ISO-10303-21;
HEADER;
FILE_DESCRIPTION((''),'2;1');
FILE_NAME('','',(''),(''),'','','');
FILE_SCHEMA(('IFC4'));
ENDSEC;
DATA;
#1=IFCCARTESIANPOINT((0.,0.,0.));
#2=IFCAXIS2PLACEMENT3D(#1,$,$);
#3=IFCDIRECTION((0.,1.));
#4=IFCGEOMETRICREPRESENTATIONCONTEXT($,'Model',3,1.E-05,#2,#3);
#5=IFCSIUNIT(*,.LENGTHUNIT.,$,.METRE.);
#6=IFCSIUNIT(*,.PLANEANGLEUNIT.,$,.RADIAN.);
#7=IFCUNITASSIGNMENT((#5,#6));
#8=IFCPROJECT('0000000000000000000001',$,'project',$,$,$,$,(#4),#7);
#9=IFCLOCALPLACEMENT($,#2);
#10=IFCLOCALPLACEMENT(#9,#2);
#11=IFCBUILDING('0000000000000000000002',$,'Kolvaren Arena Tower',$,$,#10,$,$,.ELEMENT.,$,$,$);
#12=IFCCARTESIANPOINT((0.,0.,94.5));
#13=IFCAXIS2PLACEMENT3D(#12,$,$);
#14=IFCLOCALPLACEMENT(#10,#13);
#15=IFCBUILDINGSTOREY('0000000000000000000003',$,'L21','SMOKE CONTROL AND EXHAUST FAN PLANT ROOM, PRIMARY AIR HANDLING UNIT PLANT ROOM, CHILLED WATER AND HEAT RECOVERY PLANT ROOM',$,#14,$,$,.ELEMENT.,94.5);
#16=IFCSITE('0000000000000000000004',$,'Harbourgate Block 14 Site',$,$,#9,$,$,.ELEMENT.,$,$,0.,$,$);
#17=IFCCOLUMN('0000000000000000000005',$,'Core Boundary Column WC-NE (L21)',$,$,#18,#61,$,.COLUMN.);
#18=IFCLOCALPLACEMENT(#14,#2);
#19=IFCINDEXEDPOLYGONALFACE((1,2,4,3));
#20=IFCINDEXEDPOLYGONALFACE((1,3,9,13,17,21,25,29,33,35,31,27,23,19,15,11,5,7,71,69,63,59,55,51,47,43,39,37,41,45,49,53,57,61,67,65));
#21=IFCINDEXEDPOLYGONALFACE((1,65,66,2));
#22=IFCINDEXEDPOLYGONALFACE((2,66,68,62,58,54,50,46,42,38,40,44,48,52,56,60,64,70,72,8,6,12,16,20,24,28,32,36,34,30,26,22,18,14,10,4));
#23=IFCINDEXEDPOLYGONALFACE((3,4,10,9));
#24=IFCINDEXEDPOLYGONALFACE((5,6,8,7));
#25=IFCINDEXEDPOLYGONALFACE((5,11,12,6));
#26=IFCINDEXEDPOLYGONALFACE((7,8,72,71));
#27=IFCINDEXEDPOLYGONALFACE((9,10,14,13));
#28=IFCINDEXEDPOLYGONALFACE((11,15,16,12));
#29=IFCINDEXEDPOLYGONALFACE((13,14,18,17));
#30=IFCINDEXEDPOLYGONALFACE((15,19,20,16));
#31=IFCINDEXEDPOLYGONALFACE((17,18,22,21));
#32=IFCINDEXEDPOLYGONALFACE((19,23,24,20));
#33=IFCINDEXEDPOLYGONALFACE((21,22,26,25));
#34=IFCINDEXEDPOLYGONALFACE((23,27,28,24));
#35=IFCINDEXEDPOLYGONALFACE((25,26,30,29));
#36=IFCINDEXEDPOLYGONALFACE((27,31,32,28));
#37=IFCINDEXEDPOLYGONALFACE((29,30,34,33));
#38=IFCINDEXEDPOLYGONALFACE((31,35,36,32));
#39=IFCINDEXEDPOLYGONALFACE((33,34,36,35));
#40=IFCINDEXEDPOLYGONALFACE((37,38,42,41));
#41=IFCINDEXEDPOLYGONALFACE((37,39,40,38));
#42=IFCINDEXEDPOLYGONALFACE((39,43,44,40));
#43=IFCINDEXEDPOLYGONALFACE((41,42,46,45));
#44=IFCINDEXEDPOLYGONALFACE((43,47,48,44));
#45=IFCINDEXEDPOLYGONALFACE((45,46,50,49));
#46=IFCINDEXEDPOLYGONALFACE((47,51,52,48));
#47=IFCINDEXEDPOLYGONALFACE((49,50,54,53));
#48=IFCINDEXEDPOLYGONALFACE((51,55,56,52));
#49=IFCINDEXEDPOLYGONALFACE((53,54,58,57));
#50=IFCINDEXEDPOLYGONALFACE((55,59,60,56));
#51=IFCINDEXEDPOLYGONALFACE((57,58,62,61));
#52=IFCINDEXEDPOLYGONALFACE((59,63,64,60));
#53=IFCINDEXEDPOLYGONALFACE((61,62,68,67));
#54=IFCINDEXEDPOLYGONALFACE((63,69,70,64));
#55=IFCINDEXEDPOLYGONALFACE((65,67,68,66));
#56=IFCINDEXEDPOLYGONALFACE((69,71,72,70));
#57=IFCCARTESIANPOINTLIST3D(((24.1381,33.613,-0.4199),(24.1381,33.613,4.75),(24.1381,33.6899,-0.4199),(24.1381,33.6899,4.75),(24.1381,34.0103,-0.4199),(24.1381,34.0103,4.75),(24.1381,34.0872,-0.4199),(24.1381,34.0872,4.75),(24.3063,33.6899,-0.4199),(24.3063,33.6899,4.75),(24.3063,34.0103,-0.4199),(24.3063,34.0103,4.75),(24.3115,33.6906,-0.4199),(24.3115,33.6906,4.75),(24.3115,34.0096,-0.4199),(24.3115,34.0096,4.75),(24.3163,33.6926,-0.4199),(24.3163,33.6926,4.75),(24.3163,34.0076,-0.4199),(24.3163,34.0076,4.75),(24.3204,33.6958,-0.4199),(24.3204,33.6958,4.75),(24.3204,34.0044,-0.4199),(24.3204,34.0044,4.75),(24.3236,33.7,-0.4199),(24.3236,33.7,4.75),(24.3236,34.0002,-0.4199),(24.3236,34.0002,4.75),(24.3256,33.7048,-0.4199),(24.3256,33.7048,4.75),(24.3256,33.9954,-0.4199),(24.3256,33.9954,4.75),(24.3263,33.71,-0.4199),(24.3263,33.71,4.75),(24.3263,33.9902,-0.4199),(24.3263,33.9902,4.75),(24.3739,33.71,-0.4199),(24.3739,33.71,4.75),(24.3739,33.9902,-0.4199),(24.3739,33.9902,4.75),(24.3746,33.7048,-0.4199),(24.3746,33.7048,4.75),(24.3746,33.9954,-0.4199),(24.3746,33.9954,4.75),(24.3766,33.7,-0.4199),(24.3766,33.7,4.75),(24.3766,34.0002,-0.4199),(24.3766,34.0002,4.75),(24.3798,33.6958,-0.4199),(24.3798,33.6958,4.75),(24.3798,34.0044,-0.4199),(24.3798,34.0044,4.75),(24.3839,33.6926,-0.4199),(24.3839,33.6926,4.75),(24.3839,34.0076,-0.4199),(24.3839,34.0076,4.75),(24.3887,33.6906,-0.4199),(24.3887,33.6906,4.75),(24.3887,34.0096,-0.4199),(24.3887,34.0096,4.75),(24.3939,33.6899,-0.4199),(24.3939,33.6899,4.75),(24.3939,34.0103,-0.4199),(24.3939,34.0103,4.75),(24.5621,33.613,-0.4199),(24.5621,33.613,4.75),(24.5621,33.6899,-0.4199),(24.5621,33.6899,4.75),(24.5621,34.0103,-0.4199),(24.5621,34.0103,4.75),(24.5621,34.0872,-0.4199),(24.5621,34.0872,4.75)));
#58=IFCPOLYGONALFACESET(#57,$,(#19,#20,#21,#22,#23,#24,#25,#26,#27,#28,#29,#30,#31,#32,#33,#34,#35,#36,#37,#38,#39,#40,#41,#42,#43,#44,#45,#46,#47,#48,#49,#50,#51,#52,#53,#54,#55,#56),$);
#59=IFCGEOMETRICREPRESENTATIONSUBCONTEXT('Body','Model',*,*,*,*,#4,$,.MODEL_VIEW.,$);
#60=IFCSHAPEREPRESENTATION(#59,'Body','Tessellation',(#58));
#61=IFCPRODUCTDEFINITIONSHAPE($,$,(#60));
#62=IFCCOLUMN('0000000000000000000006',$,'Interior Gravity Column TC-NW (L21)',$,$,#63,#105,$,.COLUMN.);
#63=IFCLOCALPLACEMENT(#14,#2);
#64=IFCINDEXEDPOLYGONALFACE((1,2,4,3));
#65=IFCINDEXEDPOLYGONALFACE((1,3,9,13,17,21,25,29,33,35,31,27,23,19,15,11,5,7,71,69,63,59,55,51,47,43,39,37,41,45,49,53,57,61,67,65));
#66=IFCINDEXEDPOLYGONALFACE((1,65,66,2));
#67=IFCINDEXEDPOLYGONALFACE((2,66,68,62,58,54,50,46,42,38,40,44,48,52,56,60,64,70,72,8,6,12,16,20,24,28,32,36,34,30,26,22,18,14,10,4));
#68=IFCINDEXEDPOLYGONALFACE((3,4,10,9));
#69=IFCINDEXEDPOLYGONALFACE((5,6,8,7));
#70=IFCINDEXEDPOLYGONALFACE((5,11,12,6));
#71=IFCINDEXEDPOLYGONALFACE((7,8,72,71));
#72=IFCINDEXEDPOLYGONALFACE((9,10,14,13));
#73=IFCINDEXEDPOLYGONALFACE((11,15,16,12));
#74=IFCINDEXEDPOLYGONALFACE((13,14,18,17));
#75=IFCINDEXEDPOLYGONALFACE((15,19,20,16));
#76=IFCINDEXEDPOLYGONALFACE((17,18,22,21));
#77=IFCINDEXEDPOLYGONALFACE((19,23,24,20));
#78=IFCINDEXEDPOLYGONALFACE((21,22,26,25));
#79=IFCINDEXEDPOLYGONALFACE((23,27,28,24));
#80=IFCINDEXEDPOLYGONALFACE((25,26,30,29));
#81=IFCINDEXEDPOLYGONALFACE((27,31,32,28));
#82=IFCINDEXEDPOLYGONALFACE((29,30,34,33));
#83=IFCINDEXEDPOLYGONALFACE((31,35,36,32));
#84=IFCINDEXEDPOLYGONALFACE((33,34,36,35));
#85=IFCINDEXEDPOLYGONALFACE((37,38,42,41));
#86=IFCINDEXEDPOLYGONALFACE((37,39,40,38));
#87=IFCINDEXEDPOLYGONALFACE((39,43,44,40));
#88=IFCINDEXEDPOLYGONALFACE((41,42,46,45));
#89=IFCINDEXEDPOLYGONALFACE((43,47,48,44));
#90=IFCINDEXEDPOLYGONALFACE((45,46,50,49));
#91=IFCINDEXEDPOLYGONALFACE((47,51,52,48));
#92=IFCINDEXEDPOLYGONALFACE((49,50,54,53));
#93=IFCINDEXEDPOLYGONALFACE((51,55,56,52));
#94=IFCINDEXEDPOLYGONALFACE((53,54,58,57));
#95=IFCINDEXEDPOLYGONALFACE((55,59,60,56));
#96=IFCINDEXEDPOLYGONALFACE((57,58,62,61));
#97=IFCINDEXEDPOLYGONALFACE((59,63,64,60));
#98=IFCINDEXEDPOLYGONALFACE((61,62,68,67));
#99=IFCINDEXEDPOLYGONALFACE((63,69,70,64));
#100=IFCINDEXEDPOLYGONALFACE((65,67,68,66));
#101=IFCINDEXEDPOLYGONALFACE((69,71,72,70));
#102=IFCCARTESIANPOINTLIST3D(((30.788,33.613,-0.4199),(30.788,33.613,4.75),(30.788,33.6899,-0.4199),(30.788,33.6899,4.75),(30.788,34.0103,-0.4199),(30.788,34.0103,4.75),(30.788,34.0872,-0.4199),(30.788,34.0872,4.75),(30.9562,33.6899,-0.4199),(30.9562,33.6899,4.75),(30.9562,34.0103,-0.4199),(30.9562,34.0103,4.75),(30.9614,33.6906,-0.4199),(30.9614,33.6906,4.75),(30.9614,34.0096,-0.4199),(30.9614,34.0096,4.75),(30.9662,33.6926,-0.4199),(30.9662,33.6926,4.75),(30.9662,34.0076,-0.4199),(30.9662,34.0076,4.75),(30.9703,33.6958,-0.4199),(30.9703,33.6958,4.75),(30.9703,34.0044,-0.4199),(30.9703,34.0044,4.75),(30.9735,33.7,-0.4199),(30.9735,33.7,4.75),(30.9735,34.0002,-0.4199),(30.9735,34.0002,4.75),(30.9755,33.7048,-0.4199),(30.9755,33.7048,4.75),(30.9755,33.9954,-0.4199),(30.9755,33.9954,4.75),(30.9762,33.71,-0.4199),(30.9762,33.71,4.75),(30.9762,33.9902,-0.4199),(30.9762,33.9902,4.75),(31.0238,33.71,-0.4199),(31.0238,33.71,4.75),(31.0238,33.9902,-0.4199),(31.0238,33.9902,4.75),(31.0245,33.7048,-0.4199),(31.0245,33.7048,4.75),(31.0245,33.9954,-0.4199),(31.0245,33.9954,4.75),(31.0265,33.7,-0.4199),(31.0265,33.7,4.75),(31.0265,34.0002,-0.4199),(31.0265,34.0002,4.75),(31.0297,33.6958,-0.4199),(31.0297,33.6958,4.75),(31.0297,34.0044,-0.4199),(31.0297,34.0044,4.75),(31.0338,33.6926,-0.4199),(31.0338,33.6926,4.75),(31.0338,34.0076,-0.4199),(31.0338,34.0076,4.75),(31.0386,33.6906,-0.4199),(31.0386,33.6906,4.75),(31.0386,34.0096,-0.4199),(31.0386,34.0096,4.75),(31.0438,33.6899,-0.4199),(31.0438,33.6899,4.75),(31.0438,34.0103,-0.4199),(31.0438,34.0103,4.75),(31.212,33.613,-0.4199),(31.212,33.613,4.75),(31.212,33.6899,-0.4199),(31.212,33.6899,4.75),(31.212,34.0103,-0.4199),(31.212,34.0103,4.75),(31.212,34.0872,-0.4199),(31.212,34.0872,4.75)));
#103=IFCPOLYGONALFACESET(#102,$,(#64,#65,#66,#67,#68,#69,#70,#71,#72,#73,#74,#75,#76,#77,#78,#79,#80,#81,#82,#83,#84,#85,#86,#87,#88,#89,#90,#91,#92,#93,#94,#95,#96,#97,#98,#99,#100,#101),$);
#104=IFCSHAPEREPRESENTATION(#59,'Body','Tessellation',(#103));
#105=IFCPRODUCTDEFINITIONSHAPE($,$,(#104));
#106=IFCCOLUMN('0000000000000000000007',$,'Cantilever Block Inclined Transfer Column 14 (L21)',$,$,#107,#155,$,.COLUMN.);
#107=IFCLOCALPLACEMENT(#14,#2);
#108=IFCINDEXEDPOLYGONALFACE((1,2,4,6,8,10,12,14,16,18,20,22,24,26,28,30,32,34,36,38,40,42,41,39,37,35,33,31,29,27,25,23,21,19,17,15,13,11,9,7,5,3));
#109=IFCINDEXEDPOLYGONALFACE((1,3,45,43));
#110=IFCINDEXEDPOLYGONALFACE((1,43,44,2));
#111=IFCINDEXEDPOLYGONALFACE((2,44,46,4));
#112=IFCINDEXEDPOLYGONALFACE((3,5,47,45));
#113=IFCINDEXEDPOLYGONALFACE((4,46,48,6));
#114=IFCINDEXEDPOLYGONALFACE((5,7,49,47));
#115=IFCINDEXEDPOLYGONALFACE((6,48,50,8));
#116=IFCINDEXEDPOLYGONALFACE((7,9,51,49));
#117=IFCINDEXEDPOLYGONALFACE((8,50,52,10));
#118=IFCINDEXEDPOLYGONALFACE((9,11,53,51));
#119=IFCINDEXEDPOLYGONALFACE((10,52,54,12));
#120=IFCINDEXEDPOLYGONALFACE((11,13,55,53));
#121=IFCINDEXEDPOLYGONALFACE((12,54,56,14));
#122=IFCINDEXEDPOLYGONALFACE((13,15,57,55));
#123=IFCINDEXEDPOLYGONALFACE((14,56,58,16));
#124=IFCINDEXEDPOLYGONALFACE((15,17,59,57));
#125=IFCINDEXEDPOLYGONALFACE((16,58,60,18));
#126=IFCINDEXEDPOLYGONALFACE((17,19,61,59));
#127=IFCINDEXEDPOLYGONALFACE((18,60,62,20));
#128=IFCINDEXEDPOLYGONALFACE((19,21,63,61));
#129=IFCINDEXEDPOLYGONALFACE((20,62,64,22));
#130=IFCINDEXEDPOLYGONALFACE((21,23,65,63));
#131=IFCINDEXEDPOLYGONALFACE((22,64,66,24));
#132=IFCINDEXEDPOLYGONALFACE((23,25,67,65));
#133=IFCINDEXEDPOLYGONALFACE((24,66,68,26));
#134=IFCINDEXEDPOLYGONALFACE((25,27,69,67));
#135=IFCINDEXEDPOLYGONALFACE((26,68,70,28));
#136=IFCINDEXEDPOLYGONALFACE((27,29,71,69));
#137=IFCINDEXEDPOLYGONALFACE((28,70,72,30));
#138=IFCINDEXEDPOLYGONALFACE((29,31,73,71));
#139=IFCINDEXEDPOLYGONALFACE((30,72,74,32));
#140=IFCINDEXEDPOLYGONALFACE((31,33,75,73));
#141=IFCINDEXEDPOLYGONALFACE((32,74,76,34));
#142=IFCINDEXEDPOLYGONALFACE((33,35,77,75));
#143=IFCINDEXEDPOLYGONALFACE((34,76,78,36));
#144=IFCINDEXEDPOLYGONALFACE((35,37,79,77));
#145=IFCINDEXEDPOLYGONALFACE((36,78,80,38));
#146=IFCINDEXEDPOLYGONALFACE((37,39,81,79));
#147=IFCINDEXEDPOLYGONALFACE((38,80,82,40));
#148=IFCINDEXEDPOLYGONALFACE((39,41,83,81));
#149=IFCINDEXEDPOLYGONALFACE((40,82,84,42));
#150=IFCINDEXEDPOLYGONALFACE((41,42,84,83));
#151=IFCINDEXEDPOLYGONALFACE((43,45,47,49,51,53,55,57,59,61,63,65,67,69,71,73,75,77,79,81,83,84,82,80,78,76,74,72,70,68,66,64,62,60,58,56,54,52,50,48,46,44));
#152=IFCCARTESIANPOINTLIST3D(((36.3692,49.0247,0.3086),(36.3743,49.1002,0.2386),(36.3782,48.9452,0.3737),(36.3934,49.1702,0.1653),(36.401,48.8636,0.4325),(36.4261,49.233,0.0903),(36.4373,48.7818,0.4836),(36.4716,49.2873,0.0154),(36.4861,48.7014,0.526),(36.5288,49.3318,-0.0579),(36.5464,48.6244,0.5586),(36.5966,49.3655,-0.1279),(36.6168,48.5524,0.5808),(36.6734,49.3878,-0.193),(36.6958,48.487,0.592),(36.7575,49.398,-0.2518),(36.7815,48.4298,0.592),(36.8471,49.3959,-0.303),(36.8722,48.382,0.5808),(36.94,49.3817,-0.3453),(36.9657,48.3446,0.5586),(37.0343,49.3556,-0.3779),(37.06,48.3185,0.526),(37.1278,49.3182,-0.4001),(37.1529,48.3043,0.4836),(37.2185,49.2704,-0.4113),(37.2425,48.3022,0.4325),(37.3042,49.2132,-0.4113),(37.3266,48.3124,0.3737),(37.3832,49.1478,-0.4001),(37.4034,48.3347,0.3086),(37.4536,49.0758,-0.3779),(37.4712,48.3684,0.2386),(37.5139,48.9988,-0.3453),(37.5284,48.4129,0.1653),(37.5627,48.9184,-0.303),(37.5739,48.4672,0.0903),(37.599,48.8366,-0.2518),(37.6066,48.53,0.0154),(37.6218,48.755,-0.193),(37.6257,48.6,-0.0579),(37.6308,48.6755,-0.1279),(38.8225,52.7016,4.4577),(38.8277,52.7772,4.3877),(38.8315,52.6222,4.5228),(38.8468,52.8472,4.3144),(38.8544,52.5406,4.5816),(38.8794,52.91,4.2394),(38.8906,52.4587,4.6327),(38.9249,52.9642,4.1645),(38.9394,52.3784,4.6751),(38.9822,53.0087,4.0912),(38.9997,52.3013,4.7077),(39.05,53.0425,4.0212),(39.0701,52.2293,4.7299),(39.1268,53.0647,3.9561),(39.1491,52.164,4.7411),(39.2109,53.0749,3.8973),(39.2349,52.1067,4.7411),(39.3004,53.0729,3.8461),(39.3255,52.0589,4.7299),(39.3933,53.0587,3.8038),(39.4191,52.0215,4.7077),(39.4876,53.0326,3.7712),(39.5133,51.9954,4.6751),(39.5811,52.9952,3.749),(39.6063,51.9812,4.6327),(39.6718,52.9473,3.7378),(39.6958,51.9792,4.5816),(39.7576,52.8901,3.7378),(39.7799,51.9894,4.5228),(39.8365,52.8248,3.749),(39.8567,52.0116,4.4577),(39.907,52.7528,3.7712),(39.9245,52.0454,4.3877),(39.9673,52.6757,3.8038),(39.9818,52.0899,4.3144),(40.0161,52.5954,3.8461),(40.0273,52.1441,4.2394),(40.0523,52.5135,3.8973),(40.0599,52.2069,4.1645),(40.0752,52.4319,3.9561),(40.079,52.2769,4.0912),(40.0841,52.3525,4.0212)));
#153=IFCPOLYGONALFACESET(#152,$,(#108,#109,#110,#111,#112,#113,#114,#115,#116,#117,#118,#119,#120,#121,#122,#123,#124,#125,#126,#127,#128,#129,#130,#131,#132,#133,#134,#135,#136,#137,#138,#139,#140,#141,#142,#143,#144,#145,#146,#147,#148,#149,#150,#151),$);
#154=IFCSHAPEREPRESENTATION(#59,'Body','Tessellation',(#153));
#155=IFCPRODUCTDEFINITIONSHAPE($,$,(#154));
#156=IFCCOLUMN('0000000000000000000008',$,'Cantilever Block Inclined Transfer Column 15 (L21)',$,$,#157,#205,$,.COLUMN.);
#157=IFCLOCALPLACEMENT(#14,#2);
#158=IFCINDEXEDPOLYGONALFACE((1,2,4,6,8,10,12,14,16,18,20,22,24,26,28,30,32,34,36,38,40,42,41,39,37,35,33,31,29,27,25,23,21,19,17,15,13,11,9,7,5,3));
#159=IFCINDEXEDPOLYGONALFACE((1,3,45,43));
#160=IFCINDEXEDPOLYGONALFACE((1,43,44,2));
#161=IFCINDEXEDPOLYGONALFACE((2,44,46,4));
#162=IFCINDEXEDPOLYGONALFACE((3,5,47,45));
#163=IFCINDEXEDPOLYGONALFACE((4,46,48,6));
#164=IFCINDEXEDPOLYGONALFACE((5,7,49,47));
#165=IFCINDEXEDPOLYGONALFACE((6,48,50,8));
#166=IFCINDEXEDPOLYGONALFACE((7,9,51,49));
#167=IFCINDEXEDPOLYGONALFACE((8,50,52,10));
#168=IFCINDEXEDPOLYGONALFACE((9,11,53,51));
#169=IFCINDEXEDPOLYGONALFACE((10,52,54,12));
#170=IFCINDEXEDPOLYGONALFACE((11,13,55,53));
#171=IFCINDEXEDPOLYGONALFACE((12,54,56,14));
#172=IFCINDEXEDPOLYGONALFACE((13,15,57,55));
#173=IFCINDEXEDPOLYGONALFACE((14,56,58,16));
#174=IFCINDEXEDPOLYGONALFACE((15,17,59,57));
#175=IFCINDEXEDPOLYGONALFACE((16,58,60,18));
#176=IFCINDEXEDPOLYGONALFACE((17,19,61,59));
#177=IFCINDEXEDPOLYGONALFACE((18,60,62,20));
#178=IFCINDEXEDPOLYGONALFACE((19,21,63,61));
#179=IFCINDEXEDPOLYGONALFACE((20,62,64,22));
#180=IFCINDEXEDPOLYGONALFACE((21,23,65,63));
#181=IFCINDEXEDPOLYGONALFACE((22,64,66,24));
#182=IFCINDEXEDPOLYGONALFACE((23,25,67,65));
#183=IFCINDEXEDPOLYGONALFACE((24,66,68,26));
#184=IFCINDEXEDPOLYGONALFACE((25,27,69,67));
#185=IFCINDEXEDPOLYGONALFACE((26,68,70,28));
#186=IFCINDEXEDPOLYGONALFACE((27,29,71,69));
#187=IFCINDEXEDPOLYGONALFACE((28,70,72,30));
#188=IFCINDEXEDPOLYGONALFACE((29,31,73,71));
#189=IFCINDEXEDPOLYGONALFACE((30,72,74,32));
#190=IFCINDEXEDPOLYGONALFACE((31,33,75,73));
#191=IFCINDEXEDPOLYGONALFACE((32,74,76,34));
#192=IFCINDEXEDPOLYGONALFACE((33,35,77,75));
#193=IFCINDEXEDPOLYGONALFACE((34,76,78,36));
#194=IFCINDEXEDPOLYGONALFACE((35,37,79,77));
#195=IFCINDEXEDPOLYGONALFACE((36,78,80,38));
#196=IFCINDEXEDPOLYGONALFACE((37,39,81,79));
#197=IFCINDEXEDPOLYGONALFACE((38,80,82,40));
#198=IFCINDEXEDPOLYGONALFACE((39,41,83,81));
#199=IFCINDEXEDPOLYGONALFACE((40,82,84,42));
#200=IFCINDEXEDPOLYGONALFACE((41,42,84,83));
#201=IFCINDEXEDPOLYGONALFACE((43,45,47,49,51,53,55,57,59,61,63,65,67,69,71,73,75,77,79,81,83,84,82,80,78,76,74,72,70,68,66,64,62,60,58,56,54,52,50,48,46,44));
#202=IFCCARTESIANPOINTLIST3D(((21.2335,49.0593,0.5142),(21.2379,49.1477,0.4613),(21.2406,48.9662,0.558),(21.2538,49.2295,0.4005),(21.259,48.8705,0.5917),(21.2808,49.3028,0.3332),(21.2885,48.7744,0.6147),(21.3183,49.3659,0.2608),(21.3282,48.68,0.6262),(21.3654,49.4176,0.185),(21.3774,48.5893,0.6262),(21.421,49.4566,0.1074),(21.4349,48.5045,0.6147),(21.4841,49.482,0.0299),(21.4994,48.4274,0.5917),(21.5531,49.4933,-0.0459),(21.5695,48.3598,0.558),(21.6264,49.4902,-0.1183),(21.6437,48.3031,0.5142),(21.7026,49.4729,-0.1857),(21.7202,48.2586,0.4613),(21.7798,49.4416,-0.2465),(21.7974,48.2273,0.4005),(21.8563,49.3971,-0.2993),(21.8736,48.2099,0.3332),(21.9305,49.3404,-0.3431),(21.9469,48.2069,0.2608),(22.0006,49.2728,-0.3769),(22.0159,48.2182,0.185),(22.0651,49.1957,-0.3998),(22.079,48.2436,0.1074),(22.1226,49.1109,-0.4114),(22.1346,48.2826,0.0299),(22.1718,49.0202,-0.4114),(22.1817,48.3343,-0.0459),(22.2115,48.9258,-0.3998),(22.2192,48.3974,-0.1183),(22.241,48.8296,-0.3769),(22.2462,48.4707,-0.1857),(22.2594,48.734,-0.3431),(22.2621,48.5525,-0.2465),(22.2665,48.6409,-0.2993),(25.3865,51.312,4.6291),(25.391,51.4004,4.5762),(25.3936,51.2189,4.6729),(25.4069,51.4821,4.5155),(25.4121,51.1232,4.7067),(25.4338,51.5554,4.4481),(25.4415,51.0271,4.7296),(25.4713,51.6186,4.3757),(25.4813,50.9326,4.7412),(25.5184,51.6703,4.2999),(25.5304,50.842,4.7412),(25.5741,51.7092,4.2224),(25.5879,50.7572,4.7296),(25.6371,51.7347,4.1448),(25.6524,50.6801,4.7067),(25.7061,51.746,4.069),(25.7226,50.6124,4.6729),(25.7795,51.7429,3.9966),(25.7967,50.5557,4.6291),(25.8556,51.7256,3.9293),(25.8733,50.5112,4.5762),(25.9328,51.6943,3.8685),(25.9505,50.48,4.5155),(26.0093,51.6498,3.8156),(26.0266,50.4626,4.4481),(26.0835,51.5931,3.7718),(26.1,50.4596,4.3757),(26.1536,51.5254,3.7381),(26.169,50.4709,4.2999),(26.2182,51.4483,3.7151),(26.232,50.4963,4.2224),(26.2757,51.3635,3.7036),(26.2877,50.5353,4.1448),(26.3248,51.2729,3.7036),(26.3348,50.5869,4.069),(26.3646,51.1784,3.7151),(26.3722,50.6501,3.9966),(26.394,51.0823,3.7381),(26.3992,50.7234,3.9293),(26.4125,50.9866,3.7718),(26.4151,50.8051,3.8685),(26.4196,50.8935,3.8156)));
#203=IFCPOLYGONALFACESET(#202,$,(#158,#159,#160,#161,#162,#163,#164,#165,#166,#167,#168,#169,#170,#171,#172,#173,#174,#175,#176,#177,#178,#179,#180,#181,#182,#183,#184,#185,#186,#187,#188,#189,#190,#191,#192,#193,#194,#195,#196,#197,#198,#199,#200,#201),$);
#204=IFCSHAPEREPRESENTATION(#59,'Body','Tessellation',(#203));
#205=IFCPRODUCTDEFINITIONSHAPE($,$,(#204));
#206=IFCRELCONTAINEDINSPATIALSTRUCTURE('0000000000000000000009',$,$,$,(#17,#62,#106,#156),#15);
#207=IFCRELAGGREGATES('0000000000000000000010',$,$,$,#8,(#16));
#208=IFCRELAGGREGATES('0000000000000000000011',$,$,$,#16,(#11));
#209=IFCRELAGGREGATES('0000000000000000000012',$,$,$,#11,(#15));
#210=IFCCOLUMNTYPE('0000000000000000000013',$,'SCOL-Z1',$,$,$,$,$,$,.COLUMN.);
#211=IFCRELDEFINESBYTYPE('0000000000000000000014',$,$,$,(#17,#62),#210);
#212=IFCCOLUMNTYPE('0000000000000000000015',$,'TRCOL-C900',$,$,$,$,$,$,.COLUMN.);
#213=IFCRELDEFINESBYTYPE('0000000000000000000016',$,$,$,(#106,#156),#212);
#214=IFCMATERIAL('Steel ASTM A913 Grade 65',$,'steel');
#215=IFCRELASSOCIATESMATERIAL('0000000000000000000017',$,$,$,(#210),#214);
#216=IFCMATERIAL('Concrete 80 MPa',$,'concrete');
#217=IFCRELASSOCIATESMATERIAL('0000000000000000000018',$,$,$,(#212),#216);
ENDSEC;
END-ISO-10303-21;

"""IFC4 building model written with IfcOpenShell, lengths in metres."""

from ifc_helpers import new_model, si_unit, direction, frame, origin, origin_2d, place, context, subcontext, project, spatial, circle, i_section, extrude, material, material_profile, profile_set, type_object, element, save


model = new_model("IFC4")

# Units and contexts
model_context = context("Model", 3, precision=1e-05, world=origin(), true_north=direction((0.0, 1.0)))
body_context = subcontext(model_context, "Body", "Model", "MODEL_VIEW")
ifc_project = project(units=[si_unit("LENGTHUNIT", "METRE"), si_unit("PLANEANGLEUNIT", "RADIAN")], contexts=[model_context])

# Site, building, storey
site_placement = place(None, origin())
site = spatial("IfcSite", under=ifc_project, at=site_placement, Name="Harbourgate Block 14 Site", CompositionType="ELEMENT", RefElevation=0.0)
building_placement = place(site_placement, origin())
building = spatial("IfcBuilding", under=site, at=building_placement, Name="Kolvaren Arena Tower", CompositionType="ELEMENT")
storey_placement = place(building_placement, frame((0.0, 0.0, 94.5)))
storey = spatial("IfcBuildingStorey", under=building, at=storey_placement, Name="L21", Description="SMOKE CONTROL AND EXHAUST FAN PLANT ROOM, PRIMARY AIR HANDLING UNIT PLANT ROOM, CHILLED WATER AND HEAT RECOVERY PLANT ROOM", CompositionType="ELEMENT", Elevation=94.5)

# Columns
ifc_material_1 = material(Name="Steel ASTM A913 Grade 65", Category="steel")
ifc_material_profile_1 = material_profile(ifc_material_1, i_section(OverallWidth=0.4241, OverallDepth=0.4741, WebThickness=0.0476, FlangeThickness=0.0769, FilletRadius=0.02, at=origin_2d()), Name="W360x634")
ifc_profile_set_1 = profile_set([ifc_material_profile_1], Name="Steel ASTM A913 Grade 65")
column_type_1 = type_object("IfcColumnType", Name="SCOL-Z1", PredefinedType="COLUMN", material=ifc_profile_set_1)
for number, where, z_axis, x_axis, name in (
    (1, (24.3501, 33.8501, -0.4199), (0.0, 0.0, 1.0), (1.0, 0.0, 0.0), "Core Boundary Column WC-NE (L21)"),
    (2, (31.0, 33.8501, -0.4199), (0.0, 0.0, 1.0), (1.0, 0.0, 0.0), "Interior Gravity Column TC-NW (L21)"),
):
    element("IfcColumn", number, at=place(storey_placement, frame(where, z_axis=z_axis, x_axis=x_axis)), inside=storey, type_object=column_type_1, Name=name, PredefinedType="COLUMN", context=body_context, shape_type="SweptSolid", body=[
        extrude(i_section(OverallWidth=0.4241, OverallDepth=0.4741, WebThickness=0.0476, FlangeThickness=0.0769, FilletRadius=0.02, at=origin_2d()), origin(), (0.0, 0.0, 1.0), 5.1699),
    ])
ifc_material_2 = material(Name="Concrete 80 MPa", Category="concrete")
ifc_material_profile_2 = material_profile(ifc_material_2, circle(Radius=0.6899, at=origin_2d()), Name="RC-CIRC-1380")
ifc_profile_set_2 = profile_set([ifc_material_profile_2], Name="Concrete 80 MPa")
column_type_2 = type_object("IfcColumnType", Name="TRCOL-C900", PredefinedType="COLUMN", material=ifc_profile_set_2)
column_1_placement = place(storey_placement, frame((37.0, 48.8501, 0.0903), z_axis=(0.404674, 0.606507, 0.684389), x_axis=(-0.831838, 0.555019, 0.0)))
element("IfcColumn", 3, at=column_1_placement, inside=storey, type_object=column_type_2, Name="Cantilever Block Inclined Transfer Column 14 (L21)", PredefinedType="COLUMN", context=body_context, shape_type="SweptSolid", body=[
    extrude(circle(Radius=0.6899, at=origin_2d()), origin(), (0.0, 0.0, 1.0), 6.0625),
])
column_2_placement = place(storey_placement, frame((21.75, 48.8501, 0.1074), z_axis=(0.662854, 0.359541, 0.656776), x_axis=(-0.476791, 0.879017, 0.0)))
element("IfcColumn", 4, at=column_2_placement, inside=storey, type_object=column_type_2, Name="Cantilever Block Inclined Transfer Column 15 (L21)", PredefinedType="COLUMN", context=body_context, shape_type="SweptSolid", body=[
    extrude(circle(Radius=0.6899, at=origin_2d()), origin(), (0.0, 0.0, 1.0), 6.2654),
])

save(model, "model.ifc")
